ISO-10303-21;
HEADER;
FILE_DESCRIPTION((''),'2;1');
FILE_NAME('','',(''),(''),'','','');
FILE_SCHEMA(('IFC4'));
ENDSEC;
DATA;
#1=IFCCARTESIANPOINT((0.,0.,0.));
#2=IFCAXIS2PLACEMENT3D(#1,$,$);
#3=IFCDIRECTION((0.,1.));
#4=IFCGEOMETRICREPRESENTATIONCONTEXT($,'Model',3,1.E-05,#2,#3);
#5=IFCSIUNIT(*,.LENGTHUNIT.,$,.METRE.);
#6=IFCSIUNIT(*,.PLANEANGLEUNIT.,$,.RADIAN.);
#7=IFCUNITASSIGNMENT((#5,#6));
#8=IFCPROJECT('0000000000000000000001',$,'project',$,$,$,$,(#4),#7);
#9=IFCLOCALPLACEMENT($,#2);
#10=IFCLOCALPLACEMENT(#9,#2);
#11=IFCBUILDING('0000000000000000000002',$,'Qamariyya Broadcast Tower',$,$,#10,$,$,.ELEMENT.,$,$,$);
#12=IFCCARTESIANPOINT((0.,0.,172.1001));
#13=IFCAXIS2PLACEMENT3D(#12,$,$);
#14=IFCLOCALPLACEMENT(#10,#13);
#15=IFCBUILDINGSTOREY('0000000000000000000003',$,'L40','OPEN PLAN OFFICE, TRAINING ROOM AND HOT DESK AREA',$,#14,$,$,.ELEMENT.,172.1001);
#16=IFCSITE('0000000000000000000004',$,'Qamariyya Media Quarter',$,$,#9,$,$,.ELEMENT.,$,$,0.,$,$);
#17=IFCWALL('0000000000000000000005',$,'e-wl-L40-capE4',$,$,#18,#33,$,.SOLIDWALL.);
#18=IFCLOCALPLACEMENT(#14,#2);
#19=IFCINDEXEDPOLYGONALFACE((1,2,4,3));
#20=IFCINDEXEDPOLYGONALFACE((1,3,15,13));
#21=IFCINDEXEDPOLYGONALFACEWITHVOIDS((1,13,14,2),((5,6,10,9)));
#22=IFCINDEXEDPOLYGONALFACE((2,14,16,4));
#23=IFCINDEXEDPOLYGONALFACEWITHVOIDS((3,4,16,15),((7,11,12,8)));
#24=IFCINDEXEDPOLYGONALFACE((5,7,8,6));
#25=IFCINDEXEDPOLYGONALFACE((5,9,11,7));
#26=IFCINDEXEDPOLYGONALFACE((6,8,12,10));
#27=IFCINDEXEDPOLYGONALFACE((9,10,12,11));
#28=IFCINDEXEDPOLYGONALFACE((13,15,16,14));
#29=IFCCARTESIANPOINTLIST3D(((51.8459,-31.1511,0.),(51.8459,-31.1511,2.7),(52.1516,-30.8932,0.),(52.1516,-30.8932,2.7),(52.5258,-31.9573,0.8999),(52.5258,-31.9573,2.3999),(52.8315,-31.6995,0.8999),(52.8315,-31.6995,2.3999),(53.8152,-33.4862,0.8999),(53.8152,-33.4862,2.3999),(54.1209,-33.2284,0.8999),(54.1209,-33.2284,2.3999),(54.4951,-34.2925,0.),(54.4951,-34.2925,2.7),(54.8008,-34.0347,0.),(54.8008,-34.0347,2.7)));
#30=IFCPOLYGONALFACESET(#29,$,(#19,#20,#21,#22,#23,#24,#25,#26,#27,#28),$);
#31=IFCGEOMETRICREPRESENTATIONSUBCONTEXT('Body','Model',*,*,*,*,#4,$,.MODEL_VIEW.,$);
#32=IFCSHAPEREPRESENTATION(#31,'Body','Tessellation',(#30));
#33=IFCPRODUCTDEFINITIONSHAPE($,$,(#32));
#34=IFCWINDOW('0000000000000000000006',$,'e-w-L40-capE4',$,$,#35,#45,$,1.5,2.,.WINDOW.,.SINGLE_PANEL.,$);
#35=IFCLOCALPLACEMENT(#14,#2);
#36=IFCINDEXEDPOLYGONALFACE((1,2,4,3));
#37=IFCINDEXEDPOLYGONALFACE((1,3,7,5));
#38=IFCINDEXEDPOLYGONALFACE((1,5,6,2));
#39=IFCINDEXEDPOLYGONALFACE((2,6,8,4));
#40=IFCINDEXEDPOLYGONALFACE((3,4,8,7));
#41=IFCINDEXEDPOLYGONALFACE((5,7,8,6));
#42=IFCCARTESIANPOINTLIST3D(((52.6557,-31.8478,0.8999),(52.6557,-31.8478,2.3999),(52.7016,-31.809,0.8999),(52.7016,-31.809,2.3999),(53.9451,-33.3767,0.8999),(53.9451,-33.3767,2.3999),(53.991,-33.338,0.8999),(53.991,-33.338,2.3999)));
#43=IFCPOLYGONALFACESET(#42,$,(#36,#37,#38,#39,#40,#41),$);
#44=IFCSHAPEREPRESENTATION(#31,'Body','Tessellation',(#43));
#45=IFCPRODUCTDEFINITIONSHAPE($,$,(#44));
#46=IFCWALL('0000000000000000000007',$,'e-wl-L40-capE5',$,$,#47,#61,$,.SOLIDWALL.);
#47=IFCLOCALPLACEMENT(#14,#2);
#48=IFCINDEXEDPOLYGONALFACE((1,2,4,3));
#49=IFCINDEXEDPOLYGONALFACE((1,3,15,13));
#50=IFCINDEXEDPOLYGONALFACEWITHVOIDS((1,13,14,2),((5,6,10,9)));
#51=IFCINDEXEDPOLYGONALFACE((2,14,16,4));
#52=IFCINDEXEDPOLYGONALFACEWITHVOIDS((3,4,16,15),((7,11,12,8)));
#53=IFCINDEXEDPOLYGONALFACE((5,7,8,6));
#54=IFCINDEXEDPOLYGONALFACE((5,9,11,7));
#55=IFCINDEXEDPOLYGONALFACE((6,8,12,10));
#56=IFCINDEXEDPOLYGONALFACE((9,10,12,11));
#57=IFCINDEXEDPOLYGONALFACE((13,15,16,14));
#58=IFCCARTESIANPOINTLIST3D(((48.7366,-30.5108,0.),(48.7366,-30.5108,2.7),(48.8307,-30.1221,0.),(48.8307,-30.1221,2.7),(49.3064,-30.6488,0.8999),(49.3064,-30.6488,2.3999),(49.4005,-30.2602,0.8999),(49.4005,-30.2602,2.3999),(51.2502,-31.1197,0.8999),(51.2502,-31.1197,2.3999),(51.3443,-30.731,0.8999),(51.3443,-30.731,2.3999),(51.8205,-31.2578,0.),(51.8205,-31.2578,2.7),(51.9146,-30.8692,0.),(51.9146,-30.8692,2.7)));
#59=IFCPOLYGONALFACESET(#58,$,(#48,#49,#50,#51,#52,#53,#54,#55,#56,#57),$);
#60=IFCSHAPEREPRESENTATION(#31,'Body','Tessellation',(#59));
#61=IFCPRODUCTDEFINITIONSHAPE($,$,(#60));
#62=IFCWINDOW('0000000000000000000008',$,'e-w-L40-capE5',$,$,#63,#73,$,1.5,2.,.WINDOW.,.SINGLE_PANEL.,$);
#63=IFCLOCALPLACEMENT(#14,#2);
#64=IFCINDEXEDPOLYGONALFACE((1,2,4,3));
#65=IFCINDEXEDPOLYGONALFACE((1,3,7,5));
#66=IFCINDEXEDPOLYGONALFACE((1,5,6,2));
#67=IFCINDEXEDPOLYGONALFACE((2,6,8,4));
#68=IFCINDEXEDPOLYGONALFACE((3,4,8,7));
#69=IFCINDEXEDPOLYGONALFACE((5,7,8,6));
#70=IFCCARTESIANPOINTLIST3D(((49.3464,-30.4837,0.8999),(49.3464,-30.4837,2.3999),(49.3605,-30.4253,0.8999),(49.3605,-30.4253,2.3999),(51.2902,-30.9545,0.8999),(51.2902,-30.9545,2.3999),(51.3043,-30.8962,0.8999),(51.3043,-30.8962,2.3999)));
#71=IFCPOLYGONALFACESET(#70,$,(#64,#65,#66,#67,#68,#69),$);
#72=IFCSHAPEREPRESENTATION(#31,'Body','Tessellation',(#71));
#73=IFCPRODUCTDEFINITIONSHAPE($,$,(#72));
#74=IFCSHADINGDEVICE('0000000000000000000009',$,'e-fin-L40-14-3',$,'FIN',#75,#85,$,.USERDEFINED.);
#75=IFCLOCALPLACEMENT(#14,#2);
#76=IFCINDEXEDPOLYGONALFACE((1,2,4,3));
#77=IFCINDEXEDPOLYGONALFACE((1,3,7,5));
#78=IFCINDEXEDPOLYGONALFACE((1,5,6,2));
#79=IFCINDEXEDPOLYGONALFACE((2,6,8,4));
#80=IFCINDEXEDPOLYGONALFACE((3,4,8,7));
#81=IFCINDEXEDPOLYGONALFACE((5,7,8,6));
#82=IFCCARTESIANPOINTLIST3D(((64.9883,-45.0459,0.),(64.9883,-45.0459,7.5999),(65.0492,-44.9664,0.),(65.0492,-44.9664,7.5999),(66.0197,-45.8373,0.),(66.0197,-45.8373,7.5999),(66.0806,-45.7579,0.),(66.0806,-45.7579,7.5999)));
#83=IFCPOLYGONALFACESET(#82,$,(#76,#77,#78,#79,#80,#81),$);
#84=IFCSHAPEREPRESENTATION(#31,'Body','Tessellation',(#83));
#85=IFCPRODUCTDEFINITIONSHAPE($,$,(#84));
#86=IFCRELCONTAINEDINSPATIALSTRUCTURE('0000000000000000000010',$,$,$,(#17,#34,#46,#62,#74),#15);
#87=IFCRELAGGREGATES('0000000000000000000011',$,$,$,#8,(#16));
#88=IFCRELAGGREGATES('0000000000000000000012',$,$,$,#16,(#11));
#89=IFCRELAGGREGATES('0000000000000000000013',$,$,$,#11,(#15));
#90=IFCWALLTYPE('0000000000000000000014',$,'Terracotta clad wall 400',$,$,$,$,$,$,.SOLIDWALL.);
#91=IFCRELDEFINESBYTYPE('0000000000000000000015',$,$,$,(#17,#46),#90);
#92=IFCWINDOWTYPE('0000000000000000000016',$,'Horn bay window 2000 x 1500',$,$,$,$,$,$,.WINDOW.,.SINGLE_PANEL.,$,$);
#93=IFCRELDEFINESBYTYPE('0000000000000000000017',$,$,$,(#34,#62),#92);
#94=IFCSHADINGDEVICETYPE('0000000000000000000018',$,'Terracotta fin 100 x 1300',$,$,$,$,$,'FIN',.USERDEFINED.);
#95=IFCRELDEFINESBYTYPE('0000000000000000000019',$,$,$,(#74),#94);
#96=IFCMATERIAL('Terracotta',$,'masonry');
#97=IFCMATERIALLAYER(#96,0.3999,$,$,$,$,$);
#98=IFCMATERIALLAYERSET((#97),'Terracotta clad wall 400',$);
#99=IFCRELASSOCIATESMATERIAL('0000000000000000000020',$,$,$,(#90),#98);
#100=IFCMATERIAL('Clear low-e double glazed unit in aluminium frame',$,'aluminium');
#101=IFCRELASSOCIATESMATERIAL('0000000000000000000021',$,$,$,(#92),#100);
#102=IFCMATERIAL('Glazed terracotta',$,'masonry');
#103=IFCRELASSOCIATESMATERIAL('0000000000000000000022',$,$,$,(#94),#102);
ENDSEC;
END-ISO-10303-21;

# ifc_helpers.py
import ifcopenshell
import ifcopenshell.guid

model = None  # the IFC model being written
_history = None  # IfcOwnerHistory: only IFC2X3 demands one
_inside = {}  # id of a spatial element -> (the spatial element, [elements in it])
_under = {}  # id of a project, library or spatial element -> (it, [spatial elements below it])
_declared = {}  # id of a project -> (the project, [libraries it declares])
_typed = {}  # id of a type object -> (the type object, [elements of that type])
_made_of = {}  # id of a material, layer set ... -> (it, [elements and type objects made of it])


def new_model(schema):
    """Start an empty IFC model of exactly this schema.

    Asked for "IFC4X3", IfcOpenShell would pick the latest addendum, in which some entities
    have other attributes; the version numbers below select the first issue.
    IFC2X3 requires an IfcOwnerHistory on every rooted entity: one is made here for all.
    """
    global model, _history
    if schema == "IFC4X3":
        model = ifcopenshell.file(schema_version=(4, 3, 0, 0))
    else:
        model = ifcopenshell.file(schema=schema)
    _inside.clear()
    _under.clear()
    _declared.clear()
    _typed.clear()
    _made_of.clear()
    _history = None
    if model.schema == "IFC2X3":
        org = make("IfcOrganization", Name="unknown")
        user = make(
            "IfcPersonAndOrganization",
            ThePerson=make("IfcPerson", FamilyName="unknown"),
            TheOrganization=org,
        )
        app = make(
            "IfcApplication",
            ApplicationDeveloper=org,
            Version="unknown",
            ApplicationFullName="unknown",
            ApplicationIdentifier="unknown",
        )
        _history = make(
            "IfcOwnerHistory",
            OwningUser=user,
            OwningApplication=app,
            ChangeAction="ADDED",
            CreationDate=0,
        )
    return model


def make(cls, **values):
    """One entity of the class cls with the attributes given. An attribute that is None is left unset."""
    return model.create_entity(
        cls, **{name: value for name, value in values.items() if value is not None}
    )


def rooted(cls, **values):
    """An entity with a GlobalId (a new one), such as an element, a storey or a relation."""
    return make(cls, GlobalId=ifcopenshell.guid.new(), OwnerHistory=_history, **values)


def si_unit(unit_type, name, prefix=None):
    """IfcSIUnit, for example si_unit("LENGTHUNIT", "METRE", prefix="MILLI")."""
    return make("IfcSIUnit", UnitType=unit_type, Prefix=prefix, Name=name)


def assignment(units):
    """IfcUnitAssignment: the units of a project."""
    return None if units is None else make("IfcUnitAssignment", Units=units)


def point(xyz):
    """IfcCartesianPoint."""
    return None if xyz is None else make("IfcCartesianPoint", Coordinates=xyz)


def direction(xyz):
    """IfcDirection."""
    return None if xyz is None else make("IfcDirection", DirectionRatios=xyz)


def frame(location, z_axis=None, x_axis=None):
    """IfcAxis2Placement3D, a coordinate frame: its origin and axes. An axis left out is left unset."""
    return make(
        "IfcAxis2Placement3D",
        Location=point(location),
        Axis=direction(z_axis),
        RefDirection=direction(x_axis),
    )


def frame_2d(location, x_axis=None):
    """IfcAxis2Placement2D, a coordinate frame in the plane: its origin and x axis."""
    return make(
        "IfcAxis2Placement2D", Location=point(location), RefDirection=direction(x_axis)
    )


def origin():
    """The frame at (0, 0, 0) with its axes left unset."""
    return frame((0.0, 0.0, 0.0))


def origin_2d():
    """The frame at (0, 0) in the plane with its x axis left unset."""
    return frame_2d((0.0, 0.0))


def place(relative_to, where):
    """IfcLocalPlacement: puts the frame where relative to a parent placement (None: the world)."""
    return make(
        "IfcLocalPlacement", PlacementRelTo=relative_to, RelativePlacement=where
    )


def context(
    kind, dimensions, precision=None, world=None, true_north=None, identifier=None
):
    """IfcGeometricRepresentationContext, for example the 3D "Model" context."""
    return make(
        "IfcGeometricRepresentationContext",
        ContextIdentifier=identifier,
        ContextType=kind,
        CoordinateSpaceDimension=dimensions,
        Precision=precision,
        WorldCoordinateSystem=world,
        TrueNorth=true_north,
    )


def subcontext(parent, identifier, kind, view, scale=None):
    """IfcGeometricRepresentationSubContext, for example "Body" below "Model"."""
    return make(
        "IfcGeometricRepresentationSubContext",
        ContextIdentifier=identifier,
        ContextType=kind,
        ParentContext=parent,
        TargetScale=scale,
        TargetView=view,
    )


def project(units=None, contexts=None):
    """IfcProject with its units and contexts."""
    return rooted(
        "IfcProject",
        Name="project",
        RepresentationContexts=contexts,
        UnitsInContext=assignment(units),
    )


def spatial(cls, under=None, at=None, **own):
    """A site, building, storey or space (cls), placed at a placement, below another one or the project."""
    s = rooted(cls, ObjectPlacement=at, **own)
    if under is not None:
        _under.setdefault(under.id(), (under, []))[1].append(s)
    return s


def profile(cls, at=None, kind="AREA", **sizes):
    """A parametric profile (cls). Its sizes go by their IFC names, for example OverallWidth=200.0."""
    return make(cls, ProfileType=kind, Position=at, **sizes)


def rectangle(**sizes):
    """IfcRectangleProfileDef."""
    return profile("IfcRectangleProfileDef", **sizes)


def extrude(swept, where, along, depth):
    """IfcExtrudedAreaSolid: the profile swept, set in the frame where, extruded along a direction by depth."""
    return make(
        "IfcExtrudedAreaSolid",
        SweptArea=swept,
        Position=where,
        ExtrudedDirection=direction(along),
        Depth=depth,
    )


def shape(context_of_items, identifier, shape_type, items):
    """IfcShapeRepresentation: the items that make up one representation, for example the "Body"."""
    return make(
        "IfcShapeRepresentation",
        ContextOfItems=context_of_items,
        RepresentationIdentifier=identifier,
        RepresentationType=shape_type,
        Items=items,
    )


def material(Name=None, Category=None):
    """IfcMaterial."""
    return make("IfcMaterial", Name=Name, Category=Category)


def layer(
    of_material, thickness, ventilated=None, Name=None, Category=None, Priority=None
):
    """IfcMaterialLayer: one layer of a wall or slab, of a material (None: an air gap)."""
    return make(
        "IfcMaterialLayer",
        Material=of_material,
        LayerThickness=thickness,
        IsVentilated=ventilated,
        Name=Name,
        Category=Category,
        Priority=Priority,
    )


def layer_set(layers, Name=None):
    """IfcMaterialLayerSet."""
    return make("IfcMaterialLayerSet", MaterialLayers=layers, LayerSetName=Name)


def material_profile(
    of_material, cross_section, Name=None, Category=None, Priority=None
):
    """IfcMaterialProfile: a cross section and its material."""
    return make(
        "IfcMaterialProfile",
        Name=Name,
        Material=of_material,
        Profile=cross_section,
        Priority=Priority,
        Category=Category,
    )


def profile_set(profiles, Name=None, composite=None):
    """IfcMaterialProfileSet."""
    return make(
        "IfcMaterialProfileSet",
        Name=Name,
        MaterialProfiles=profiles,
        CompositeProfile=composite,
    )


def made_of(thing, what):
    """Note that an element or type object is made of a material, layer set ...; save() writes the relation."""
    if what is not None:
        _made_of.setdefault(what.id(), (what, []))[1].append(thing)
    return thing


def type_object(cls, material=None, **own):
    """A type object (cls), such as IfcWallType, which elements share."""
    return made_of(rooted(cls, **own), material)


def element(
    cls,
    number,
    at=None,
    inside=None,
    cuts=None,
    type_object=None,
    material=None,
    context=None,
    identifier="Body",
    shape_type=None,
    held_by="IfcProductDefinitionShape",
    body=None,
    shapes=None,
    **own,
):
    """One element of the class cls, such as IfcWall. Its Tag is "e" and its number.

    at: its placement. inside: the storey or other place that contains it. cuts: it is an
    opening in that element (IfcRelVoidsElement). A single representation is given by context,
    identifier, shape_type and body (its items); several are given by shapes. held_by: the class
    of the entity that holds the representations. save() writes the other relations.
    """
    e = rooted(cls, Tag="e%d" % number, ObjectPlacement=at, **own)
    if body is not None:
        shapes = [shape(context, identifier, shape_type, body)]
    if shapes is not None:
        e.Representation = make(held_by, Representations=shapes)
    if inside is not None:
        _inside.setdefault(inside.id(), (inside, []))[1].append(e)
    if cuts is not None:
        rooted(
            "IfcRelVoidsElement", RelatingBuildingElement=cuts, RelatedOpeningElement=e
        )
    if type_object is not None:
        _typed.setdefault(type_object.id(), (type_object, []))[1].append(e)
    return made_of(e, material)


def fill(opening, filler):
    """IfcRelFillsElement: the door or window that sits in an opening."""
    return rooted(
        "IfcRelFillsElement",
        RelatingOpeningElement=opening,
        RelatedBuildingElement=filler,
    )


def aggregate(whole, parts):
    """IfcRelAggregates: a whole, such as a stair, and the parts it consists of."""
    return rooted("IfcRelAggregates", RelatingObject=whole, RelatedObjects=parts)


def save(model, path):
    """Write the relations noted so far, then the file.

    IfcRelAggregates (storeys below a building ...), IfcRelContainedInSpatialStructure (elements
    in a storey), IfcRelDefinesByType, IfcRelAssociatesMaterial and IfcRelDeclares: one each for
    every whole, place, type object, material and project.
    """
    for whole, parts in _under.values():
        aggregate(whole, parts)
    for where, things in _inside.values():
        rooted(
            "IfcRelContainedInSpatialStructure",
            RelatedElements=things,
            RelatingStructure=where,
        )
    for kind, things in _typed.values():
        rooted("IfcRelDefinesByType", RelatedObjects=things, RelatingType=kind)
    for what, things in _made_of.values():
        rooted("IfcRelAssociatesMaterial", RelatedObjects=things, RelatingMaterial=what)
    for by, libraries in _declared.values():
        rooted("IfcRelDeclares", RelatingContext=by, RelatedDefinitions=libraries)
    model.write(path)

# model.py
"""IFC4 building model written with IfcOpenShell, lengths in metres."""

from ifc_helpers import new_model, si_unit, direction, frame, frame_2d, origin, origin_2d, place, context, subcontext, project, spatial, rectangle, extrude, material, layer, layer_set, material_profile, profile_set, type_object, element, fill, save


model = new_model("IFC4")

# Units and contexts
model_context = context("Model", 3, precision=1e-05, world=origin(), true_north=direction((0.0, 1.0)))
body_context = subcontext(model_context, "Body", "Model", "MODEL_VIEW")
ifc_project = project(units=[si_unit("LENGTHUNIT", "METRE"), si_unit("PLANEANGLEUNIT", "RADIAN")], contexts=[model_context])

# Site, building, storey
site_placement = place(None, origin())
site = spatial("IfcSite", under=ifc_project, at=site_placement, Name="Qamariyya Media Quarter", CompositionType="ELEMENT", RefElevation=0.0)
building_placement = place(site_placement, origin())
building = spatial("IfcBuilding", under=site, at=building_placement, Name="Qamariyya Broadcast Tower", CompositionType="ELEMENT")
storey_placement = place(building_placement, frame((0.0, 0.0, 172.1001)))
storey = spatial("IfcBuildingStorey", under=building, at=storey_placement, Name="L40", Description="OPEN PLAN OFFICE, TRAINING ROOM AND HOT DESK AREA", CompositionType="ELEMENT", Elevation=172.1001)

# Walls, openings, windows
ifc_material_1 = material(Name="Terracotta", Category="masonry")
ifc_layer = layer(ifc_material_1, 0.3999)
ifc_layer_set = layer_set([ifc_layer], Name="Terracotta clad wall 400")
wall_type = type_object("IfcWallType", Name="Terracotta clad wall 400", PredefinedType="SOLIDWALL", material=ifc_layer_set)
ifc_material_2 = material(Name="Clear low-e double glazed unit in aluminium frame", Category="aluminium")
window_type = type_object("IfcWindowType", Name="Horn bay window 2000 x 1500", PartitioningType="SINGLE_PANEL", PredefinedType="WINDOW", material=ifc_material_2)
wall_1_placement = place(storey_placement, frame((54.6479, -34.1636, 0.0), z_axis=(0.0, 0.0, 1.0), x_axis=(-0.644679, 0.764453, 0.0)))
wall_1 = element("IfcWall", 1, at=wall_1_placement, inside=storey, type_object=wall_type, Name="e-wl-L40-capE4", PredefinedType="SOLIDWALL", context=body_context, shape_type="SweptSolid", body=[
    extrude(rectangle(XDim=4.1094, YDim=0.3999, at=frame_2d((2.0547, 0.0))), origin(), (0.0, 0.0, 1.0), 2.7),
])
opening_1_placement = place(wall_1_placement, frame((1.0547, 0.0, 0.8999)))
opening_1 = element("IfcOpeningElement", 2, at=opening_1_placement, cuts=wall_1, PredefinedType="OPENING", context=body_context, shape_type="SweptSolid", body=[
    extrude(rectangle(XDim=2.0, YDim=1.5, at=frame_2d((1.0, 0.75))), frame((0.0, 0.21, 0.0), z_axis=(0.0, -1.0, 0.0), x_axis=(1.0, 0.0, 0.0)), (0.0, 0.0, 1.0), 0.4199),
])
window_1_placement = place(opening_1_placement, origin())
window_1 = element("IfcWindow", 3, at=window_1_placement, inside=storey, type_object=window_type, Name="e-w-L40-capE4", OverallHeight=1.5, OverallWidth=2.0, PartitioningType="SINGLE_PANEL", PredefinedType="WINDOW", context=body_context, shape_type="SweptSolid", body=[
    extrude(rectangle(XDim=2.0, YDim=1.5, at=frame_2d((1.0, 0.75))), frame((0.0, 0.03, 0.0), z_axis=(0.0, -1.0, 0.0), x_axis=(1.0, 0.0, 0.0)), (0.0, 0.0, 1.0), 0.0601),
])
fill(opening_1, window_1)
wall_2_placement = place(storey_placement, frame((51.8674, -31.0635, 0.0), z_axis=(0.0, 0.0, 1.0), x_axis=(-0.971891, 0.235433, 0.0)))
wall_2 = element("IfcWall", 4, at=wall_2_placement, inside=storey, type_object=wall_type, Name="e-wl-L40-capE5", PredefinedType="SOLIDWALL", context=body_context, shape_type="SweptSolid", body=[
    extrude(rectangle(XDim=3.1731, YDim=0.3999, at=frame_2d((1.5864, 0.0))), origin(), (0.0, 0.0, 1.0), 2.7),
])
opening_2_placement = place(wall_2_placement, frame((0.5867, 0.0, 0.8999)))
opening_2 = element("IfcOpeningElement", 5, at=opening_2_placement, cuts=wall_2, PredefinedType="OPENING", context=body_context, shape_type="SweptSolid", body=[
    extrude(rectangle(XDim=2.0, YDim=1.5, at=frame_2d((1.0, 0.75))), frame((0.0, 0.21, 0.0), z_axis=(0.0, -1.0, 0.0), x_axis=(1.0, 0.0, 0.0)), (0.0, 0.0, 1.0), 0.4199),
])
window_2_placement = place(opening_2_placement, origin())
window_2 = element("IfcWindow", 6, at=window_2_placement, inside=storey, type_object=window_type, Name="e-w-L40-capE5", OverallHeight=1.5, OverallWidth=2.0, PartitioningType="SINGLE_PANEL", PredefinedType="WINDOW", context=body_context, shape_type="SweptSolid", body=[
    extrude(rectangle(XDim=2.0, YDim=1.5, at=frame_2d((1.0, 0.75))), frame((0.0, 0.03, 0.0), z_axis=(0.0, -1.0, 0.0), x_axis=(1.0, 0.0, 0.0)), (0.0, 0.0, 1.0), 0.0601),
])
fill(opening_2, window_2)

# Shading device
ifc_material_3 = material(Name="Glazed terracotta", Category="masonry")
ifc_material_profile_1 = material_profile(ifc_material_3, rectangle(XDim=1.3, YDim=0.1001, at=origin_2d()))
ifc_profile_set_1 = profile_set([ifc_material_profile_1], Name="Glazed terracotta")
shading_device_type = type_object("IfcShadingDeviceType", Name="Terracotta fin 100 x 1300", ElementType="FIN", PredefinedType="USERDEFINED", material=ifc_profile_set_1)
shading_device_placement = place(storey_placement, frame((65.5344, -45.4019, 0.0), z_axis=(0.0, 0.0, 1.0), x_axis=(0.793353, -0.608761, 0.0)))
element("IfcShadingDevice", 7, at=shading_device_placement, inside=storey, type_object=shading_device_type, Name="e-fin-L40-14-3", ObjectType="FIN", PredefinedType="USERDEFINED", context=body_context, shape_type="SweptSolid", body=[
    extrude(rectangle(XDim=1.3, YDim=0.1001, at=origin_2d()), origin(), (0.0, 0.0, 1.0), 7.5999),
])

save(model, "model.ifc")
